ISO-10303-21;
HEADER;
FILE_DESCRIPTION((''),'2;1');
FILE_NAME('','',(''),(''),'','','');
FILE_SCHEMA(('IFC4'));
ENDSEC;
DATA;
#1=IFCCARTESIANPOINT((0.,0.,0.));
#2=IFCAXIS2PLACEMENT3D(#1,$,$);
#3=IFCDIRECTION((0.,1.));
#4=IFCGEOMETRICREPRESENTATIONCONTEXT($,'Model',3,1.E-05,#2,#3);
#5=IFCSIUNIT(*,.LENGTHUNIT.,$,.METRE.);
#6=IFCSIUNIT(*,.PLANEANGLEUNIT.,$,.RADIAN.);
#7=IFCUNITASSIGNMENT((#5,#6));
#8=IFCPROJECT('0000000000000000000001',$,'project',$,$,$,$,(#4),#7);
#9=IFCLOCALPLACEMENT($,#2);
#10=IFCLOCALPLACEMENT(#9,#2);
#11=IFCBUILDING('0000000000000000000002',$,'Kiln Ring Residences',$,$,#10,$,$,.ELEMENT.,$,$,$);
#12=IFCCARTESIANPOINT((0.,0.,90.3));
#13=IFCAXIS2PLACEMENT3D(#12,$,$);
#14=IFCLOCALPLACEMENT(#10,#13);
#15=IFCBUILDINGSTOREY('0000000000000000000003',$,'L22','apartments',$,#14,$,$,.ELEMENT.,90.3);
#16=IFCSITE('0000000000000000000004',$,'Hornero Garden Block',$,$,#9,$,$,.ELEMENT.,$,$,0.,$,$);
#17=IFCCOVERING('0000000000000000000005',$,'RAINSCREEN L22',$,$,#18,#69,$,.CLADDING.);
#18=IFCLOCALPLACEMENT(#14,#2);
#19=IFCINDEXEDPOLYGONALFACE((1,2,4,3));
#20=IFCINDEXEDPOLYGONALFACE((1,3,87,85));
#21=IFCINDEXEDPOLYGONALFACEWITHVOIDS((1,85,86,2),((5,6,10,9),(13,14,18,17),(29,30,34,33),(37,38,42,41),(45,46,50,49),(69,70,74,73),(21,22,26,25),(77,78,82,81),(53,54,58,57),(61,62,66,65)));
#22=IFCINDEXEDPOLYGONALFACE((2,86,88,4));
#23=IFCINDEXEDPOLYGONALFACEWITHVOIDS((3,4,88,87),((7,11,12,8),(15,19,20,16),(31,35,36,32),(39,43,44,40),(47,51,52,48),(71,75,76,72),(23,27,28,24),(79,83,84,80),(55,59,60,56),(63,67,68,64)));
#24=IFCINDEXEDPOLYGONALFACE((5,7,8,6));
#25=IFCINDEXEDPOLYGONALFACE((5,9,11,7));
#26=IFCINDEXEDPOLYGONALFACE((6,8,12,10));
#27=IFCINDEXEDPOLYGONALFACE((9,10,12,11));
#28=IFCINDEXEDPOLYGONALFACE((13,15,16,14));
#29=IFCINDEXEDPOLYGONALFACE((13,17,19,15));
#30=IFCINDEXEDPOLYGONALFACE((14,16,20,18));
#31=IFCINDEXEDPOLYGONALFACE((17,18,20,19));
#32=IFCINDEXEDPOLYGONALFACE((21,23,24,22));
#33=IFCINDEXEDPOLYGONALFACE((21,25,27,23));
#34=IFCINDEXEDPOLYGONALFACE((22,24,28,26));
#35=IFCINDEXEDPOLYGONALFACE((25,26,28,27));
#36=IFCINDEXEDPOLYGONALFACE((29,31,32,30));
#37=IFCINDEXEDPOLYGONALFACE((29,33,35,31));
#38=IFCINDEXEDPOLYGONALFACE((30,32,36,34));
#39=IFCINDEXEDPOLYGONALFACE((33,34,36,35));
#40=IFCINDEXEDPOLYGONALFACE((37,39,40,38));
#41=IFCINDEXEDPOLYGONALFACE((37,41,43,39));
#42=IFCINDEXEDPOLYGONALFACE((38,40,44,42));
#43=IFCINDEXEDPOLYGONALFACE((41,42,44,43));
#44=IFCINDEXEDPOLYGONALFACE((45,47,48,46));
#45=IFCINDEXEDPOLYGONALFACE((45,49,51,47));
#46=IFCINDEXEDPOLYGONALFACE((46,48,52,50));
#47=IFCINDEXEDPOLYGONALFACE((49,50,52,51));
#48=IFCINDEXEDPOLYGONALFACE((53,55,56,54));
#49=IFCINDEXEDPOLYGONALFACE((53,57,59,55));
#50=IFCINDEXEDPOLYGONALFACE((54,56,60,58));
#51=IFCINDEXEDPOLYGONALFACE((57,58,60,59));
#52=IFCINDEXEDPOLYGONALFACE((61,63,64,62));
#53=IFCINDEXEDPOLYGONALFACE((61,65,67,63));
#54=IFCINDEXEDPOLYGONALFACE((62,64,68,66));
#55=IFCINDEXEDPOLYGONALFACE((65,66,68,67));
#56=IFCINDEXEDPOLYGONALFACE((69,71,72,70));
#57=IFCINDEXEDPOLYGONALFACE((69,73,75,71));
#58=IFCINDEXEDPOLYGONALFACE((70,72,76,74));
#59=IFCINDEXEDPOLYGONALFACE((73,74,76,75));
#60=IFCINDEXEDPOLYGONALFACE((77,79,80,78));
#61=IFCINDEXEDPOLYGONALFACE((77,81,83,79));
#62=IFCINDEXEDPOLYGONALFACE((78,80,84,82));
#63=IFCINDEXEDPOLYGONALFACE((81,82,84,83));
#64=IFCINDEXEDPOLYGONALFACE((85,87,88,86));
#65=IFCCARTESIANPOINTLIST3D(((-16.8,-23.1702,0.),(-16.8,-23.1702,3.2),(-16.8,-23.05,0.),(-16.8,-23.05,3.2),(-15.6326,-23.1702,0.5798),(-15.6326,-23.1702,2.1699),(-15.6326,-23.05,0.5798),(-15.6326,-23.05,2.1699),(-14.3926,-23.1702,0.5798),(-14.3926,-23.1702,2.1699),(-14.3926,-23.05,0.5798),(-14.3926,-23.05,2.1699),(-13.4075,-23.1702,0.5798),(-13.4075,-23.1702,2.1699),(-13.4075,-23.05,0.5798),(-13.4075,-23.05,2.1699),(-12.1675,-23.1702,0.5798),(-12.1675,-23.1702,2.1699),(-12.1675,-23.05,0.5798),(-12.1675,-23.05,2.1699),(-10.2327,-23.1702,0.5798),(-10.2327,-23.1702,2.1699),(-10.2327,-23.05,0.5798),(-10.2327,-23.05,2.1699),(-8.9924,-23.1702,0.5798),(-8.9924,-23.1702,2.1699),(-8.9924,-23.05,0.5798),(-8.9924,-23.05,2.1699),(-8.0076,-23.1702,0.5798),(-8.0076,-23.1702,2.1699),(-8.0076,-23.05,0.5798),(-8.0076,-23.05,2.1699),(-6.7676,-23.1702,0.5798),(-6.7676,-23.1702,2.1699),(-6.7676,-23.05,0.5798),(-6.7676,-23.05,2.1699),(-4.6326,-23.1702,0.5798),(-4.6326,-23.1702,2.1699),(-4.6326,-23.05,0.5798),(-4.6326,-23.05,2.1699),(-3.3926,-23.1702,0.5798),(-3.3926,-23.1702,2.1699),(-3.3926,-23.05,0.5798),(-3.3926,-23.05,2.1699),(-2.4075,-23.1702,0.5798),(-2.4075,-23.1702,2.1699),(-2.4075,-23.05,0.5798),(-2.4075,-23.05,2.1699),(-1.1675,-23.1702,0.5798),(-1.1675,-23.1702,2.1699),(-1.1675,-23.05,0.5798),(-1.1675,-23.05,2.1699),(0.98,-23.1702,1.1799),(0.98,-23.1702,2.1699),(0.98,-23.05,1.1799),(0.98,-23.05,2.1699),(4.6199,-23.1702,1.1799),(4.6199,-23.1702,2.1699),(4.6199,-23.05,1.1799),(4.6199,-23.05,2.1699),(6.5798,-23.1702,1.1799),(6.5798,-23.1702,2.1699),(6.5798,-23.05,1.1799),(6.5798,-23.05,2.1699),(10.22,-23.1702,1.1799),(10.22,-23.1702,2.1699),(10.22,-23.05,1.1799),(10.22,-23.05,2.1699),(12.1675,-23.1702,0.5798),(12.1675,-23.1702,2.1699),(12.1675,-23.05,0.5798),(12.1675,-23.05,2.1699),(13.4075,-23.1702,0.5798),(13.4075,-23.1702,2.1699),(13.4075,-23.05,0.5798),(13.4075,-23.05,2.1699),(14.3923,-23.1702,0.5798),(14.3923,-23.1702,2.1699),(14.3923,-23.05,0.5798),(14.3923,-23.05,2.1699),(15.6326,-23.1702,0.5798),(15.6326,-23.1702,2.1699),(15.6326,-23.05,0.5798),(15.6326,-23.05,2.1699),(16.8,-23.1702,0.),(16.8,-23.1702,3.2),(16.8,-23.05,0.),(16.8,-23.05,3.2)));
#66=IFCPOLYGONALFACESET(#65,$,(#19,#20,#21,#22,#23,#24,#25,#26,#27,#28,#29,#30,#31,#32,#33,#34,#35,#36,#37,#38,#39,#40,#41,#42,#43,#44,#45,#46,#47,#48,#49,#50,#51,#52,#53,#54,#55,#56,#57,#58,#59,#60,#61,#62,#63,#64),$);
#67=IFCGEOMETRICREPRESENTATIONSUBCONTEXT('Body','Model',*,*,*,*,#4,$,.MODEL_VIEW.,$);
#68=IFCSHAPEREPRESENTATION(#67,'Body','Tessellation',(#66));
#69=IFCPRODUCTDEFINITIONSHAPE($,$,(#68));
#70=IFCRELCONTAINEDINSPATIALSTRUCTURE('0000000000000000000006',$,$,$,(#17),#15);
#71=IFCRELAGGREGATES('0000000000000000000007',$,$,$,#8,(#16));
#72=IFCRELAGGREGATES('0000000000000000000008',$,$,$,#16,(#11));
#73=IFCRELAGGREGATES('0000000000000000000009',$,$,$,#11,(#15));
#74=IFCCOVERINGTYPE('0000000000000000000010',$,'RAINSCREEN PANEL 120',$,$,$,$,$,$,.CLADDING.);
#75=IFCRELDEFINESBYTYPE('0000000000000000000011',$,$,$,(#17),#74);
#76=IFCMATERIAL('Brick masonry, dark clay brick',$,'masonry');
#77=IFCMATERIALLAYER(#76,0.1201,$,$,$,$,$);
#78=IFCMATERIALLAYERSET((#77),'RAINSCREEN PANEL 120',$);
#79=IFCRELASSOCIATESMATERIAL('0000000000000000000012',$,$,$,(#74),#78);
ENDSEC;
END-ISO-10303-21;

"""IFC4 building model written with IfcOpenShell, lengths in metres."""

from ifc_helpers import new_model, si_unit, direction, frame, origin, place, context, subcontext, project, spatial, polyline, outline, extrude, material, layer, layer_set, type_object, element, save


model = new_model("IFC4")

# Units and contexts
model_context = context("Model", 3, precision=1e-05, world=origin(), true_north=direction((0.0, 1.0)))
body_context = subcontext(model_context, "Body", "Model", "MODEL_VIEW")
ifc_project = project(units=[si_unit("LENGTHUNIT", "METRE"), si_unit("PLANEANGLEUNIT", "RADIAN")], contexts=[model_context])

# Site, building, storey
site_placement = place(None, origin())
site = spatial("IfcSite", under=ifc_project, at=site_placement, Name="Hornero Garden Block", CompositionType="ELEMENT", RefElevation=0.0)
building_placement = place(site_placement, origin())
building = spatial("IfcBuilding", under=site, at=building_placement, Name="Kiln Ring Residences", CompositionType="ELEMENT")
storey_placement = place(building_placement, frame((0.0, 0.0, 90.3)))
storey = spatial("IfcBuildingStorey", under=building, at=storey_placement, Name="L22", Description="apartments", CompositionType="ELEMENT", Elevation=90.3)

# Covering
ifc_material_1 = material(Name="Brick masonry, dark clay brick", Category="masonry")
ifc_layer_1 = layer(ifc_material_1, 0.1201)
ifc_layer_set_1 = layer_set([ifc_layer_1], Name="RAINSCREEN PANEL 120")
covering_type = type_object("IfcCoveringType", Name="RAINSCREEN PANEL 120", PredefinedType="CLADDING", material=ifc_layer_set_1)
covering_placement = place(storey_placement, frame((-16.8, -23.1101, 0.0), z_axis=(0.0, 0.0, 1.0), x_axis=(1.0, 0.0, 0.0)))
element("IfcCovering", 1, at=covering_placement, inside=storey, type_object=covering_type, Name="RAINSCREEN L22", PredefinedType="CLADDING", context=body_context, shape_type="SweptSolid", body=[
    extrude(outline(polyline([(0.0, 0.0), (33.6001, 0.0), (33.6001, 3.2), (0.0, 3.2), (0.0, 0.0)]), holes=[polyline([(1.1675, 0.5798), (2.4075, 0.5798), (2.4075, 2.1699), (1.1675, 2.1699), (1.1675, 0.5798)]), polyline([(3.3926, 0.5798), (4.6326, 0.5798), (4.6326, 2.1699), (3.3926, 2.1699), (3.3926, 0.5798)]), polyline([(6.5674, 0.5798), (7.8076, 0.5798), (7.8076, 2.1699), (6.5674, 2.1699), (6.5674, 0.5798)]), polyline([(8.7925, 2.1699), (8.7925, 0.5798), (10.0325, 0.5798), (10.0325, 2.1699), (8.7925, 2.1699)]), polyline([(12.1675, 2.1699), (12.1675, 0.5798), (13.4075, 0.5798), (13.4075, 2.1699), (12.1675, 2.1699)]), polyline([(14.3926, 0.5798), (15.6326, 0.5798), (15.6326, 2.1699), (14.3926, 2.1699), (14.3926, 0.5798)]), polyline([(28.9675, 0.5798), (30.2075, 0.5798), (30.2075, 2.1699), (28.9675, 2.1699), (28.9675, 0.5798)]), polyline([(31.1924, 0.5798), (32.4326, 0.5798), (32.4326, 2.1699), (31.1924, 2.1699), (31.1924, 0.5798)]), polyline([(17.78, 2.1699), (17.78, 1.1799), (21.4199, 1.1799), (21.4199, 2.1699), (17.78, 2.1699)]), polyline([(23.3799, 2.1699), (23.3799, 1.1799), (27.02, 1.1799), (27.02, 2.1699), (23.3799, 2.1699)])]), frame((0.0, 0.0601, 0.0), z_axis=(0.0, -1.0, 0.0), x_axis=(1.0, 0.0, 0.0)), (0.0, 0.0, 1.0), 0.1201),
])

save(model, "model.ifc")
